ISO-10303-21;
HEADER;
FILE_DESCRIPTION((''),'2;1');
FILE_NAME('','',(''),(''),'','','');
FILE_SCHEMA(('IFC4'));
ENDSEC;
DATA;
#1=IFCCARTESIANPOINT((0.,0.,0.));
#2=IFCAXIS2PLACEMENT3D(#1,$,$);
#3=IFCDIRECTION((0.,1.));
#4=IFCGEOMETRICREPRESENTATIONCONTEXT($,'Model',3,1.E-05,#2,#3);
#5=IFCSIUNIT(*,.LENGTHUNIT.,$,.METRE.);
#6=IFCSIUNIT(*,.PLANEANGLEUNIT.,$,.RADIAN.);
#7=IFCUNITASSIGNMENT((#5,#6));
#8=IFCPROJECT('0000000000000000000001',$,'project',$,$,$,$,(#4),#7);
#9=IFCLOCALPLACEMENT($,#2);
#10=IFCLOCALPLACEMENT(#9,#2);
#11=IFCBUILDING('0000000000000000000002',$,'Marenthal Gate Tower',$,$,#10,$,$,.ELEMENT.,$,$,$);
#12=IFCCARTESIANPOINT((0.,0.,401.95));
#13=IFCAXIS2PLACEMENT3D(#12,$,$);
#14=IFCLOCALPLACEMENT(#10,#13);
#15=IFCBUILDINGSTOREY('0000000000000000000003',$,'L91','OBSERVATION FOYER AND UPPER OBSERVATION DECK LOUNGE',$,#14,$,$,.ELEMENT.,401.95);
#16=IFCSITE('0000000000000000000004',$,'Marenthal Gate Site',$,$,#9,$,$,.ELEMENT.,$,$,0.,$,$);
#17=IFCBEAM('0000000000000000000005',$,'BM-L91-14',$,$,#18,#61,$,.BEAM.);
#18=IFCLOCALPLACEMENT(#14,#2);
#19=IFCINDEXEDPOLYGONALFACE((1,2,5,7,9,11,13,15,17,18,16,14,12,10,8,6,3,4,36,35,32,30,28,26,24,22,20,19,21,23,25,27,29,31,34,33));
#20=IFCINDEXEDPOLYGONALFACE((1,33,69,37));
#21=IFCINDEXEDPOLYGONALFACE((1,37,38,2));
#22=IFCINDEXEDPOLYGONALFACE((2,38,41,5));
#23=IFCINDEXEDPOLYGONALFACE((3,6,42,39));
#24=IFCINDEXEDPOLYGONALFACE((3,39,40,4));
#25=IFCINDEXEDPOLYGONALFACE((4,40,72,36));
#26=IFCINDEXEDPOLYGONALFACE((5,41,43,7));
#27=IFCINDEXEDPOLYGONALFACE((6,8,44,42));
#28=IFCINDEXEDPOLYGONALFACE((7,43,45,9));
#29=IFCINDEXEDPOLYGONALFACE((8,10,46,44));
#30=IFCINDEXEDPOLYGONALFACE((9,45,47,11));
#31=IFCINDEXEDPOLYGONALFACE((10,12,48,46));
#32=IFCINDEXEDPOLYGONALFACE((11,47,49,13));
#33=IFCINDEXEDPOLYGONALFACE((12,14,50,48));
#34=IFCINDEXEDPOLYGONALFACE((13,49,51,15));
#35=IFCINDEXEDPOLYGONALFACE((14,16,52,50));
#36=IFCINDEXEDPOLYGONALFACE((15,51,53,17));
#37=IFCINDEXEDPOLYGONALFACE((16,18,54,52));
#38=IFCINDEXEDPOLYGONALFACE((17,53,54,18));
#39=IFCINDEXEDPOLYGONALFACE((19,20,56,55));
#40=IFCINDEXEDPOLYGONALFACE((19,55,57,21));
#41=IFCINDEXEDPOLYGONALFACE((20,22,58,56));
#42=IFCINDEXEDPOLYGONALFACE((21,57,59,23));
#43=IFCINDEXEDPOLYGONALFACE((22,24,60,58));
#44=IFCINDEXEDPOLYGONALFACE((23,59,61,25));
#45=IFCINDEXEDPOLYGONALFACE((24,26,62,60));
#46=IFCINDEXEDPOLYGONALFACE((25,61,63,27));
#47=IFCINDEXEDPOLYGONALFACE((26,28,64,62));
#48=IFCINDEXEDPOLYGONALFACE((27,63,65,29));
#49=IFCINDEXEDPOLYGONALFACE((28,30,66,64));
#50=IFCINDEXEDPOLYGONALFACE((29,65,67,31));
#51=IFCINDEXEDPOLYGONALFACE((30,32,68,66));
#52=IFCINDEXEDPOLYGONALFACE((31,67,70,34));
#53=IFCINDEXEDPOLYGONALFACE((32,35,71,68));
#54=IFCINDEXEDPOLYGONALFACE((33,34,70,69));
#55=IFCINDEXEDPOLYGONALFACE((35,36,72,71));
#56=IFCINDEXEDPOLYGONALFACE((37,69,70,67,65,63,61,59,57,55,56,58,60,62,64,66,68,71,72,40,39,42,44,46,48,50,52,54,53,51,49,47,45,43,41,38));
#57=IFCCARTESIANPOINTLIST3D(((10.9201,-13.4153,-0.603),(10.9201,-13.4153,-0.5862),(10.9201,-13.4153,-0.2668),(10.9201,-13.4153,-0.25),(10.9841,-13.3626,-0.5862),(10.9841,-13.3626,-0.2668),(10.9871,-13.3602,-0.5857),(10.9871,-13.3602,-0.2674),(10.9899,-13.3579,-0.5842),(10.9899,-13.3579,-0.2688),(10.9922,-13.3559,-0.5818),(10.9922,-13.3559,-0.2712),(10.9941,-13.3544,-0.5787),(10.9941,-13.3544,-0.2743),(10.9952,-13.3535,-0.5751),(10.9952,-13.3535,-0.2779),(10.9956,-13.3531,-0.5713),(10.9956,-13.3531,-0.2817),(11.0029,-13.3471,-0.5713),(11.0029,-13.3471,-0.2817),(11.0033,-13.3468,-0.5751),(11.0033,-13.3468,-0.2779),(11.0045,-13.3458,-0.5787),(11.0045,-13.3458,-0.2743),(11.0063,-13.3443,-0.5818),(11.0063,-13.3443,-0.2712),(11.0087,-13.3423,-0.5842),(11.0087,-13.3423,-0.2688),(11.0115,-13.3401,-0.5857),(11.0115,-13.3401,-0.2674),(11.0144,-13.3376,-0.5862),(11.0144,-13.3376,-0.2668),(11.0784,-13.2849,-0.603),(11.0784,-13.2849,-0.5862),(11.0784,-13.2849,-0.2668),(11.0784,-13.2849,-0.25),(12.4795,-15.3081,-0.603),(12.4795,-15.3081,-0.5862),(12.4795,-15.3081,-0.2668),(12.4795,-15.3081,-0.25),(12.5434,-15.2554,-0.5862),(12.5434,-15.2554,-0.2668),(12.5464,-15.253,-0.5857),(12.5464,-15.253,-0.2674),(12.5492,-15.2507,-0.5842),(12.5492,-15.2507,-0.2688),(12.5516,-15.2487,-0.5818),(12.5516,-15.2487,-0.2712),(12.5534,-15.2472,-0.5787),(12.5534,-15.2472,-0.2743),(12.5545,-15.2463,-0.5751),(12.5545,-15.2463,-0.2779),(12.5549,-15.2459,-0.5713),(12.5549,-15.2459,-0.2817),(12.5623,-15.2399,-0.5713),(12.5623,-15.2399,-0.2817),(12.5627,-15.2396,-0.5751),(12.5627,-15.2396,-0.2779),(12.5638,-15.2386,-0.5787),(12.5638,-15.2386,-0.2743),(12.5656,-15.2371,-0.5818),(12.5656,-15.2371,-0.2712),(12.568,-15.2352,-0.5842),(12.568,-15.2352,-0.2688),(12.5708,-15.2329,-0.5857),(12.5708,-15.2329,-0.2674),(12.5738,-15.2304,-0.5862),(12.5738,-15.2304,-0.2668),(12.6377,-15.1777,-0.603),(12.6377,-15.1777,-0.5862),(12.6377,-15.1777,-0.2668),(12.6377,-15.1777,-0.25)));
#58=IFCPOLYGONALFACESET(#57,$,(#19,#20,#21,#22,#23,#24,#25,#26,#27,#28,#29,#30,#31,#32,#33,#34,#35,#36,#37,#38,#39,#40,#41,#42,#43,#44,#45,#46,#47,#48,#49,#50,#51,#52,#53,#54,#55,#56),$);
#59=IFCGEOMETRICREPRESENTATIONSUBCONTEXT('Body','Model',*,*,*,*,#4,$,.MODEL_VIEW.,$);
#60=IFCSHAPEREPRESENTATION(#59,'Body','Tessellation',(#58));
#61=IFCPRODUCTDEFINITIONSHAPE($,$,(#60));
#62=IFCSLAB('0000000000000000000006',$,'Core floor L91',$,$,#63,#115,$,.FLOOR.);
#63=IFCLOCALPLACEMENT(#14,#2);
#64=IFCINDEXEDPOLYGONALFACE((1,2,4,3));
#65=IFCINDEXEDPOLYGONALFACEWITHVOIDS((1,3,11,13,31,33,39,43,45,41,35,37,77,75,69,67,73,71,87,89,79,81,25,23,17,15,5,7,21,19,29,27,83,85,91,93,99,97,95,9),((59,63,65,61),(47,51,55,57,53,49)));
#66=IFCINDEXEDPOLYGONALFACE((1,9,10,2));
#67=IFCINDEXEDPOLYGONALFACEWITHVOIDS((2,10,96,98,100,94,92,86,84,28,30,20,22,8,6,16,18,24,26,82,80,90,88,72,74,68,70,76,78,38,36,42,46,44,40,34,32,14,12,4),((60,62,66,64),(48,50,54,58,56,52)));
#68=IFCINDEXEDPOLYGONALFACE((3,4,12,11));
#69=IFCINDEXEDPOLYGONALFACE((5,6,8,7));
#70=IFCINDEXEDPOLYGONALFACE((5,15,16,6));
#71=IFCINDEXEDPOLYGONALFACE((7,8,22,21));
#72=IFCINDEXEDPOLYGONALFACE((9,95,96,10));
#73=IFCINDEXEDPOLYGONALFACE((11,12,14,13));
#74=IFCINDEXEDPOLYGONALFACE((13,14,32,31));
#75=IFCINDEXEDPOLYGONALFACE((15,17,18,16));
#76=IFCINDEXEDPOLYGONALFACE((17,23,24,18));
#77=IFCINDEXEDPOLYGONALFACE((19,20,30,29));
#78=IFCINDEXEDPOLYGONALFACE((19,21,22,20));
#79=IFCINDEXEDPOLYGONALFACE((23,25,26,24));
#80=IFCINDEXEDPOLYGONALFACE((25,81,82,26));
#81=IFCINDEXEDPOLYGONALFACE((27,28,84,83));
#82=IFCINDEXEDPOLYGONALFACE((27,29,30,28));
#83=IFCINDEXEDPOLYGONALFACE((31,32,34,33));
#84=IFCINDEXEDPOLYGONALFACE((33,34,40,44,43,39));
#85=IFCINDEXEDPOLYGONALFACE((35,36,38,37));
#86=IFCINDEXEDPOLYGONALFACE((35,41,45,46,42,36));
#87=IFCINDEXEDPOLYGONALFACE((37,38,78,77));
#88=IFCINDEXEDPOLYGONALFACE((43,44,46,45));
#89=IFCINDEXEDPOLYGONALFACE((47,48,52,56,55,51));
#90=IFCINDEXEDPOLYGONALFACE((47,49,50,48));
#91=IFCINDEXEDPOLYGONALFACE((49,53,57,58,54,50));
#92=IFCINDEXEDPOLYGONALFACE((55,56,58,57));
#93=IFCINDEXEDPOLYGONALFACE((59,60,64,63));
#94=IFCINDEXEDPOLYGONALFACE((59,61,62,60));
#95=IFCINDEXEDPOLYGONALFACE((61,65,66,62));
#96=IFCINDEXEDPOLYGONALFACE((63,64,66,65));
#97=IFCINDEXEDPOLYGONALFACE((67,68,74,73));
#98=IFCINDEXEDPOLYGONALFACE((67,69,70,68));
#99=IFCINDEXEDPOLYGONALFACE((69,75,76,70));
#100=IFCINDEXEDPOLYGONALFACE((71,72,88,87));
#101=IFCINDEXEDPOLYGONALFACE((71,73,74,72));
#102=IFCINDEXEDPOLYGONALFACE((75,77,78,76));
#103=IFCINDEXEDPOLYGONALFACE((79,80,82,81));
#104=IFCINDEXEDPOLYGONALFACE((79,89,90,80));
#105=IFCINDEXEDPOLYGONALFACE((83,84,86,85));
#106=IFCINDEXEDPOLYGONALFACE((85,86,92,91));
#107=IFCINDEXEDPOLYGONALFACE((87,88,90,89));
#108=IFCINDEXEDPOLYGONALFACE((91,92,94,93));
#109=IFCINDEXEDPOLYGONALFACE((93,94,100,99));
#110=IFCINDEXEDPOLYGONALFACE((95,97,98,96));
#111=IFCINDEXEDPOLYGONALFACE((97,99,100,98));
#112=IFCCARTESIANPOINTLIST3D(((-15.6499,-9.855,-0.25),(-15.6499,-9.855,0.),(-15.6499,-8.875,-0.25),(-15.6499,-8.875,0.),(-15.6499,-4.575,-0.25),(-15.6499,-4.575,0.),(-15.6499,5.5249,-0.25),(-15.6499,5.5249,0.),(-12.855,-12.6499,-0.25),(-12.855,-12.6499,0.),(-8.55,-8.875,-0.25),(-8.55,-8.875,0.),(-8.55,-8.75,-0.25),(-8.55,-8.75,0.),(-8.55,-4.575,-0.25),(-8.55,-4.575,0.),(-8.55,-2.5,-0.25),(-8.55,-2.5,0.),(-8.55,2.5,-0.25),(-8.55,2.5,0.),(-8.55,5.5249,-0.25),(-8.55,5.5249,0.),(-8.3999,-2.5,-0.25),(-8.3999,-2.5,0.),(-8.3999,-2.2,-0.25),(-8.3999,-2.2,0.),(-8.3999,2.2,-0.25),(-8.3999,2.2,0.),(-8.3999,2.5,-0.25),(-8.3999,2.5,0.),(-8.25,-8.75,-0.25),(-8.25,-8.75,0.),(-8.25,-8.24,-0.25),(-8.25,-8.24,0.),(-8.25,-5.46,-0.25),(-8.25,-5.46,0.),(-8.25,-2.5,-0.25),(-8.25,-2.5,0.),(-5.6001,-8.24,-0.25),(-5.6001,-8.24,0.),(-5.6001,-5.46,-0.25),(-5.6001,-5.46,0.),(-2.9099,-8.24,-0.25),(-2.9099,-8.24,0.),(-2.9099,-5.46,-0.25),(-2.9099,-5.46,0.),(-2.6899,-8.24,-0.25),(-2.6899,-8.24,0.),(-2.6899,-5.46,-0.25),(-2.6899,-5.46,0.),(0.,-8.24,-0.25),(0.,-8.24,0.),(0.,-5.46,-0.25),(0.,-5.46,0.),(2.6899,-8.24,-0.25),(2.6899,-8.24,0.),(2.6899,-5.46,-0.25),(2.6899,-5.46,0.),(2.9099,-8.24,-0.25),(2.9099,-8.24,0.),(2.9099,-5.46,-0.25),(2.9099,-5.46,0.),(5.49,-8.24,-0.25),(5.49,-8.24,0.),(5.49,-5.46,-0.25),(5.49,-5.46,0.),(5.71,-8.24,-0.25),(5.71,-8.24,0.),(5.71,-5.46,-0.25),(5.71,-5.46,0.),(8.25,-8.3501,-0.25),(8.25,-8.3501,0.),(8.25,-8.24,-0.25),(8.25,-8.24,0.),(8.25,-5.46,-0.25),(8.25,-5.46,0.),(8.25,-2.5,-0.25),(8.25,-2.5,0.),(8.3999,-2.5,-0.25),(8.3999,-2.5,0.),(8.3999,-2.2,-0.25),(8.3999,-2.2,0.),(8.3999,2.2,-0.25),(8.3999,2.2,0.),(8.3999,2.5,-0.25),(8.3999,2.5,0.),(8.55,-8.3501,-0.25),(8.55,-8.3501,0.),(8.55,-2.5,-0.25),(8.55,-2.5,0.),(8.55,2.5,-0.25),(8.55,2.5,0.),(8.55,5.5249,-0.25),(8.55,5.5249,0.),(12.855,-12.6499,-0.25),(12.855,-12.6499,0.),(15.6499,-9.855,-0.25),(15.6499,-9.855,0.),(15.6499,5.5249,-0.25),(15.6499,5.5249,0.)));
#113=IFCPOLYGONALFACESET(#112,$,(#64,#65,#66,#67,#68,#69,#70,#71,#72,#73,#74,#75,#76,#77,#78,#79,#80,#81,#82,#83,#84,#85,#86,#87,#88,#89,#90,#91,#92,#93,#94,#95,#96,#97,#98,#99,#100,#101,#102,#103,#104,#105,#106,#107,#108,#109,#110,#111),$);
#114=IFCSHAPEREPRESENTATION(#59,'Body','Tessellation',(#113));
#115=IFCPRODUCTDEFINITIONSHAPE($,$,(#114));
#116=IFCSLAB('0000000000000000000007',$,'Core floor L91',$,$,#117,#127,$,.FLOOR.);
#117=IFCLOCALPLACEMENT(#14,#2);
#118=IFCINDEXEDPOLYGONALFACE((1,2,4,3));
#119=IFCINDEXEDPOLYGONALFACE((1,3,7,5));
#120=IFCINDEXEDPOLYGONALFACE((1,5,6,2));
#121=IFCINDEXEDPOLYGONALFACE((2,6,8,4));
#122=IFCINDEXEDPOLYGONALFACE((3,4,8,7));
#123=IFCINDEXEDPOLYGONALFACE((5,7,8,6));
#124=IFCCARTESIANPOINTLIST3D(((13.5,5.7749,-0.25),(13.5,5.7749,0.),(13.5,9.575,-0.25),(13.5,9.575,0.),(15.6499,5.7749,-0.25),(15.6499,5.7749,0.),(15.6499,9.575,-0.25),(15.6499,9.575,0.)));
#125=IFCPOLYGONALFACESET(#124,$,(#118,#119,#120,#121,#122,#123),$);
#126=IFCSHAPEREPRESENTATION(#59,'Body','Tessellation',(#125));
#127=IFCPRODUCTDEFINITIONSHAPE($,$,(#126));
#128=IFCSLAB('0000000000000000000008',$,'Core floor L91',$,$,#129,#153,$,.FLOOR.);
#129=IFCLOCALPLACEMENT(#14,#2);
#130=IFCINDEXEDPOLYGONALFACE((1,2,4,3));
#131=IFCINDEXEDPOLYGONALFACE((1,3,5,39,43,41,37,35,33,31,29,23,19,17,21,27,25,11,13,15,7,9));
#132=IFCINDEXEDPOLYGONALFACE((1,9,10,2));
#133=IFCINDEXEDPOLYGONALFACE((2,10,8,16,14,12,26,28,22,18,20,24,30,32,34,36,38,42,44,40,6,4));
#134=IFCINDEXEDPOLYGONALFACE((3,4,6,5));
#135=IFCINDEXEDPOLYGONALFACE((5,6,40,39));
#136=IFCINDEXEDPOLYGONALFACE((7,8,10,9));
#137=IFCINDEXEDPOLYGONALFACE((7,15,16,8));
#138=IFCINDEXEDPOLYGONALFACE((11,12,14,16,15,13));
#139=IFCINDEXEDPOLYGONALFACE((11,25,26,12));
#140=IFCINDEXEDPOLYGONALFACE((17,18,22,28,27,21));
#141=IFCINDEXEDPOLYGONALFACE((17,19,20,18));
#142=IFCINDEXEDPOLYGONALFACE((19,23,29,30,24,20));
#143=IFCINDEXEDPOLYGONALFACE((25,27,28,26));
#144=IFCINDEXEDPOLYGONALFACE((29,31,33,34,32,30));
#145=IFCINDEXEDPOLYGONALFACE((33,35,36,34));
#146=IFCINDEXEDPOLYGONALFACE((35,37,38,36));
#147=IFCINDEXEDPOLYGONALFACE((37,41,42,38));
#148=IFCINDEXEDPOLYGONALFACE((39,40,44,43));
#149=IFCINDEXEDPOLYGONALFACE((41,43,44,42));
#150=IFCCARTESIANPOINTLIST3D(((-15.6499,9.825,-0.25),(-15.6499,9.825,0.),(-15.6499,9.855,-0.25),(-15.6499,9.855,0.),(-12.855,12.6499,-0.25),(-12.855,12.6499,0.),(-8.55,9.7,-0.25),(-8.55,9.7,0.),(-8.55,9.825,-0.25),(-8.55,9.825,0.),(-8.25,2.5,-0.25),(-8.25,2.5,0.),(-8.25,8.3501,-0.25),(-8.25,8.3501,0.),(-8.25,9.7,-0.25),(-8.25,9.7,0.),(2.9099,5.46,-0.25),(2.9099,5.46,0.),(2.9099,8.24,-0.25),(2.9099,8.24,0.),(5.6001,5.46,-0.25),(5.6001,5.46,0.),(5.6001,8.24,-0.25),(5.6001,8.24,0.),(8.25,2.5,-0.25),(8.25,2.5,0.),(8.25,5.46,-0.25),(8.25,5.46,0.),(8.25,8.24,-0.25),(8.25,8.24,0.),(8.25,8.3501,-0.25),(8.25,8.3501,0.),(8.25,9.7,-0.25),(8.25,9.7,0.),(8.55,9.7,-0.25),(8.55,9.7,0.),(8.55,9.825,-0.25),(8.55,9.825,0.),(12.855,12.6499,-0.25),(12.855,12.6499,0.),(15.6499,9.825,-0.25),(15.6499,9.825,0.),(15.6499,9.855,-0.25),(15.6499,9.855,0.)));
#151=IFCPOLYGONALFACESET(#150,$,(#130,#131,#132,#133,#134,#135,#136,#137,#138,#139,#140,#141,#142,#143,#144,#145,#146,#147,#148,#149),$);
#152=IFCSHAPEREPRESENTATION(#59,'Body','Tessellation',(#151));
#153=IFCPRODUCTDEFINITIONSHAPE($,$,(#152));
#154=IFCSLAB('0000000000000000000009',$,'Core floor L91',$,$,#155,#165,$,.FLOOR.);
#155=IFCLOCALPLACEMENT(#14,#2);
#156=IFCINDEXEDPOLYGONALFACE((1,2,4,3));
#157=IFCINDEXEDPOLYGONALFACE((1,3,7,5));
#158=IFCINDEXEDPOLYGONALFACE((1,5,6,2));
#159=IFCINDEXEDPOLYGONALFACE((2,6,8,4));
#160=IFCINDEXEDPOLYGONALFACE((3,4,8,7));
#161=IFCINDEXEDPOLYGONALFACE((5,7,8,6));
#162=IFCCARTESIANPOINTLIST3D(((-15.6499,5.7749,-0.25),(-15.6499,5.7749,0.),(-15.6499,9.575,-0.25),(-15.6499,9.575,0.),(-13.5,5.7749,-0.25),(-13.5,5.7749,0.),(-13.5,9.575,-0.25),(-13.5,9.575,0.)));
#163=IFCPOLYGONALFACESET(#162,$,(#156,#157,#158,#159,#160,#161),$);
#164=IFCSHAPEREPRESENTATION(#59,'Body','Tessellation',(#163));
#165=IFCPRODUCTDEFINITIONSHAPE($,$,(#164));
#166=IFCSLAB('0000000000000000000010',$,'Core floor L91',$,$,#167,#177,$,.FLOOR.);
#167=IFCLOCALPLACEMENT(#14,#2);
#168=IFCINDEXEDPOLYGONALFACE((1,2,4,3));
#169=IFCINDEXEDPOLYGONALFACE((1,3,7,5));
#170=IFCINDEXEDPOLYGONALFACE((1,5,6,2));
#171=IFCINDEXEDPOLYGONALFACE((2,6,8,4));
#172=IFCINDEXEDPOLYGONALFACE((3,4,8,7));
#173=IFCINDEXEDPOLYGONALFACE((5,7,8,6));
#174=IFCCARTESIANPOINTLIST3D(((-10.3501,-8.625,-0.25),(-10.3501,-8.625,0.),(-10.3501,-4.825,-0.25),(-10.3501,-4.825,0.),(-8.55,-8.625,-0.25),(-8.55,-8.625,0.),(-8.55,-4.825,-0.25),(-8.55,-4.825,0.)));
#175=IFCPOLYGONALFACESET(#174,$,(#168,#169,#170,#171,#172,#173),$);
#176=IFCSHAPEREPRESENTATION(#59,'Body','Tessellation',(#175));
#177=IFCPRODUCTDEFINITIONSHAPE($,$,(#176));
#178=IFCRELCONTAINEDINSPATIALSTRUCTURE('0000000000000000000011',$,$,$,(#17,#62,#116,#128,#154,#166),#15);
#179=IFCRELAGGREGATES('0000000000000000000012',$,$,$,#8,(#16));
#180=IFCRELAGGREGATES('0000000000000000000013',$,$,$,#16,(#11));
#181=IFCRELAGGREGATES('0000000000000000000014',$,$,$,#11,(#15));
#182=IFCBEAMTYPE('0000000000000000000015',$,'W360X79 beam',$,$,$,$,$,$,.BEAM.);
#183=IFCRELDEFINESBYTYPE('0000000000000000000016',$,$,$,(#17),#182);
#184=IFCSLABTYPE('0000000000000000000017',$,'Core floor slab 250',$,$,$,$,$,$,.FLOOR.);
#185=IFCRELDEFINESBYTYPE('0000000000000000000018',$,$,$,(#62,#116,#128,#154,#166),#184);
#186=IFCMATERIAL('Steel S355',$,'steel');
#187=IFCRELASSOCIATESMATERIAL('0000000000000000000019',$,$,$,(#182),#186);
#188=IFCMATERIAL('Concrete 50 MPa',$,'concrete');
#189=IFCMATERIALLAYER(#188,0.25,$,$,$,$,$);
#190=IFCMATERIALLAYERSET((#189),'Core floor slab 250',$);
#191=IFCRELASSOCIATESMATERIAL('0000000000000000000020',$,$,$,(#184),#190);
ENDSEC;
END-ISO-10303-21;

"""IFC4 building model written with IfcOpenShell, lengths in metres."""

from ifc_helpers import new_model, si_unit, direction, frame, origin, origin_2d, place, context, subcontext, project, spatial, polyline, i_section, outline, extrude, material, layer, layer_set, material_profile, profile_set, type_object, element, save


model = new_model("IFC4")

# Units and contexts
model_context = context("Model", 3, precision=1e-05, world=origin(), true_north=direction((0.0, 1.0)))
body_context = subcontext(model_context, "Body", "Model", "MODEL_VIEW")
ifc_project = project(units=[si_unit("LENGTHUNIT", "METRE"), si_unit("PLANEANGLEUNIT", "RADIAN")], contexts=[model_context])

# Site, building, storey
site_placement = place(None, origin())
site = spatial("IfcSite", under=ifc_project, at=site_placement, Name="Marenthal Gate Site", CompositionType="ELEMENT", RefElevation=0.0)
building_placement = place(site_placement, origin())
building = spatial("IfcBuilding", under=site, at=building_placement, Name="Marenthal Gate Tower", CompositionType="ELEMENT")
storey_placement = place(building_placement, frame((0.0, 0.0, 401.95)))
storey = spatial("IfcBuildingStorey", under=building, at=storey_placement, Name="L91", Description="OBSERVATION FOYER AND UPPER OBSERVATION DECK LOUNGE", CompositionType="ELEMENT", Elevation=401.95)

# Beam
ifc_material_1 = material(Name="Steel S355", Category="steel")
ifc_material_profile = material_profile(ifc_material_1, i_section(OverallWidth=0.2051, OverallDepth=0.353, WebThickness=0.0095, FlangeThickness=0.0168, FilletRadius=0.0149, at=origin_2d()), Name="W360X79")
ifc_profile_set = profile_set([ifc_material_profile], Name="Steel S355")
beam_type = type_object("IfcBeamType", Name="W360X79 beam", PredefinedType="BEAM", material=ifc_profile_set)
beam_placement = place(storey_placement, frame((12.5586, -15.2429, -0.4265), z_axis=(-0.635836, 0.771824, 0.0), x_axis=(-0.771824, -0.635836, 0.0)))
element("IfcBeam", 1, at=beam_placement, inside=storey, type_object=beam_type, Name="BM-L91-14", PredefinedType="BEAM", context=body_context, shape_type="SweptSolid", body=[
    extrude(i_section(OverallWidth=0.2051, OverallDepth=0.353, WebThickness=0.0095, FlangeThickness=0.0168, FilletRadius=0.0149, at=origin_2d()), origin(), (0.0, 0.0, 1.0), 2.4524),
])

# Slabs
ifc_material_2 = material(Name="Concrete 50 MPa", Category="concrete")
ifc_layer_1 = layer(ifc_material_2, 0.25)
ifc_layer_set_1 = layer_set([ifc_layer_1], Name="Core floor slab 250")
slab_type_1 = type_object("IfcSlabType", Name="Core floor slab 250", PredefinedType="FLOOR", material=ifc_layer_set_1)
slab_1_placement = place(storey_placement, frame((0.0, 0.0, -0.25)))
element("IfcSlab", 2, at=slab_1_placement, inside=storey, type_object=slab_type_1, Name="Core floor L91", PredefinedType="FLOOR", context=body_context, shape_type="SweptSolid", body=[
    extrude(outline(polyline([(12.855, -12.6499), (-12.855, -12.6499), (-15.6499, -9.855), (-15.6499, -8.875), (-8.55, -8.875), (-8.55, -8.75), (-8.25, -8.75), (-8.25, -8.24), (-5.6001, -8.24), (-2.9099, -8.24), (-2.9099, -5.46), (-5.6001, -5.46), (-8.25, -5.46), (-8.25, -2.5), (8.25, -2.5), (8.25, -5.46), (5.71, -5.46), (5.71, -8.24), (8.25, -8.24), (8.25, -8.3501), (8.55, -8.3501), (8.55, -2.5), (8.3999, -2.5), (8.3999, -2.2), (-8.3999, -2.2), (-8.3999, -2.5), (-8.55, -2.5), (-8.55, -4.575), (-15.6499, -4.575), (-15.6499, 5.5249), (-8.55, 5.5249), (-8.55, 2.5), (-8.3999, 2.5), (-8.3999, 2.2), (8.3999, 2.2), (8.3999, 2.5), (8.55, 2.5), (8.55, 5.5249), (15.6499, 5.5249), (15.6499, -9.855), (12.855, -12.6499)]), holes=[polyline([(0.0, -8.24), (2.6899, -8.24), (2.6899, -5.46), (0.0, -5.46), (-2.6899, -5.46), (-2.6899, -8.24), (0.0, -8.24)]), polyline([(5.49, -5.46), (2.9099, -5.46), (2.9099, -8.24), (5.49, -8.24), (5.49, -5.46)])]), origin(), (0.0, 0.0, 1.0), 0.25),
])
slab_2_placement = place(storey_placement, frame((0.0, 0.0, -0.25)))
element("IfcSlab", 3, at=slab_2_placement, inside=storey, type_object=slab_type_1, Name="Core floor L91", PredefinedType="FLOOR", context=body_context, shape_type="SweptSolid", body=[
    extrude(outline(polyline([(15.6499, 5.7749), (13.5, 5.7749), (13.5, 9.575), (15.6499, 9.575), (15.6499, 5.7749)])), origin(), (0.0, 0.0, 1.0), 0.25),
])
slab_3_placement = place(storey_placement, frame((0.0, 0.0, -0.25)))
element("IfcSlab", 4, at=slab_3_placement, inside=storey, type_object=slab_type_1, Name="Core floor L91", PredefinedType="FLOOR", context=body_context, shape_type="SweptSolid", body=[
    extrude(outline(polyline([(15.6499, 9.825), (8.55, 9.825), (8.55, 9.7), (8.25, 9.7), (8.25, 8.3501), (8.25, 8.24), (5.6001, 8.24), (2.9099, 8.24), (2.9099, 5.46), (5.6001, 5.46), (8.25, 5.46), (8.25, 2.5), (-8.25, 2.5), (-8.25, 8.3501), (-8.25, 9.7), (-8.55, 9.7), (-8.55, 9.825), (-15.6499, 9.825), (-15.6499, 9.855), (-12.855, 12.6499), (12.855, 12.6499), (15.6499, 9.855), (15.6499, 9.825)])), origin(), (0.0, 0.0, 1.0), 0.25),
])
slab_4_placement = place(storey_placement, frame((0.0, 0.0, -0.25)))
element("IfcSlab", 5, at=slab_4_placement, inside=storey, type_object=slab_type_1, Name="Core floor L91", PredefinedType="FLOOR", context=body_context, shape_type="SweptSolid", body=[
    extrude(outline(polyline([(-15.6499, 9.575), (-13.5, 9.575), (-13.5, 5.7749), (-15.6499, 5.7749), (-15.6499, 9.575)])), origin(), (0.0, 0.0, 1.0), 0.25),
])
slab_5_placement = place(storey_placement, frame((0.0, 0.0, -0.25)))
element("IfcSlab", 6, at=slab_5_placement, inside=storey, type_object=slab_type_1, Name="Core floor L91", PredefinedType="FLOOR", context=body_context, shape_type="SweptSolid", body=[
    extrude(outline(polyline([(-8.55, -4.825), (-8.55, -8.625), (-10.3501, -8.625), (-10.3501, -4.825), (-8.55, -4.825)])), origin(), (0.0, 0.0, 1.0), 0.25),
])

save(model, "model.ifc")
